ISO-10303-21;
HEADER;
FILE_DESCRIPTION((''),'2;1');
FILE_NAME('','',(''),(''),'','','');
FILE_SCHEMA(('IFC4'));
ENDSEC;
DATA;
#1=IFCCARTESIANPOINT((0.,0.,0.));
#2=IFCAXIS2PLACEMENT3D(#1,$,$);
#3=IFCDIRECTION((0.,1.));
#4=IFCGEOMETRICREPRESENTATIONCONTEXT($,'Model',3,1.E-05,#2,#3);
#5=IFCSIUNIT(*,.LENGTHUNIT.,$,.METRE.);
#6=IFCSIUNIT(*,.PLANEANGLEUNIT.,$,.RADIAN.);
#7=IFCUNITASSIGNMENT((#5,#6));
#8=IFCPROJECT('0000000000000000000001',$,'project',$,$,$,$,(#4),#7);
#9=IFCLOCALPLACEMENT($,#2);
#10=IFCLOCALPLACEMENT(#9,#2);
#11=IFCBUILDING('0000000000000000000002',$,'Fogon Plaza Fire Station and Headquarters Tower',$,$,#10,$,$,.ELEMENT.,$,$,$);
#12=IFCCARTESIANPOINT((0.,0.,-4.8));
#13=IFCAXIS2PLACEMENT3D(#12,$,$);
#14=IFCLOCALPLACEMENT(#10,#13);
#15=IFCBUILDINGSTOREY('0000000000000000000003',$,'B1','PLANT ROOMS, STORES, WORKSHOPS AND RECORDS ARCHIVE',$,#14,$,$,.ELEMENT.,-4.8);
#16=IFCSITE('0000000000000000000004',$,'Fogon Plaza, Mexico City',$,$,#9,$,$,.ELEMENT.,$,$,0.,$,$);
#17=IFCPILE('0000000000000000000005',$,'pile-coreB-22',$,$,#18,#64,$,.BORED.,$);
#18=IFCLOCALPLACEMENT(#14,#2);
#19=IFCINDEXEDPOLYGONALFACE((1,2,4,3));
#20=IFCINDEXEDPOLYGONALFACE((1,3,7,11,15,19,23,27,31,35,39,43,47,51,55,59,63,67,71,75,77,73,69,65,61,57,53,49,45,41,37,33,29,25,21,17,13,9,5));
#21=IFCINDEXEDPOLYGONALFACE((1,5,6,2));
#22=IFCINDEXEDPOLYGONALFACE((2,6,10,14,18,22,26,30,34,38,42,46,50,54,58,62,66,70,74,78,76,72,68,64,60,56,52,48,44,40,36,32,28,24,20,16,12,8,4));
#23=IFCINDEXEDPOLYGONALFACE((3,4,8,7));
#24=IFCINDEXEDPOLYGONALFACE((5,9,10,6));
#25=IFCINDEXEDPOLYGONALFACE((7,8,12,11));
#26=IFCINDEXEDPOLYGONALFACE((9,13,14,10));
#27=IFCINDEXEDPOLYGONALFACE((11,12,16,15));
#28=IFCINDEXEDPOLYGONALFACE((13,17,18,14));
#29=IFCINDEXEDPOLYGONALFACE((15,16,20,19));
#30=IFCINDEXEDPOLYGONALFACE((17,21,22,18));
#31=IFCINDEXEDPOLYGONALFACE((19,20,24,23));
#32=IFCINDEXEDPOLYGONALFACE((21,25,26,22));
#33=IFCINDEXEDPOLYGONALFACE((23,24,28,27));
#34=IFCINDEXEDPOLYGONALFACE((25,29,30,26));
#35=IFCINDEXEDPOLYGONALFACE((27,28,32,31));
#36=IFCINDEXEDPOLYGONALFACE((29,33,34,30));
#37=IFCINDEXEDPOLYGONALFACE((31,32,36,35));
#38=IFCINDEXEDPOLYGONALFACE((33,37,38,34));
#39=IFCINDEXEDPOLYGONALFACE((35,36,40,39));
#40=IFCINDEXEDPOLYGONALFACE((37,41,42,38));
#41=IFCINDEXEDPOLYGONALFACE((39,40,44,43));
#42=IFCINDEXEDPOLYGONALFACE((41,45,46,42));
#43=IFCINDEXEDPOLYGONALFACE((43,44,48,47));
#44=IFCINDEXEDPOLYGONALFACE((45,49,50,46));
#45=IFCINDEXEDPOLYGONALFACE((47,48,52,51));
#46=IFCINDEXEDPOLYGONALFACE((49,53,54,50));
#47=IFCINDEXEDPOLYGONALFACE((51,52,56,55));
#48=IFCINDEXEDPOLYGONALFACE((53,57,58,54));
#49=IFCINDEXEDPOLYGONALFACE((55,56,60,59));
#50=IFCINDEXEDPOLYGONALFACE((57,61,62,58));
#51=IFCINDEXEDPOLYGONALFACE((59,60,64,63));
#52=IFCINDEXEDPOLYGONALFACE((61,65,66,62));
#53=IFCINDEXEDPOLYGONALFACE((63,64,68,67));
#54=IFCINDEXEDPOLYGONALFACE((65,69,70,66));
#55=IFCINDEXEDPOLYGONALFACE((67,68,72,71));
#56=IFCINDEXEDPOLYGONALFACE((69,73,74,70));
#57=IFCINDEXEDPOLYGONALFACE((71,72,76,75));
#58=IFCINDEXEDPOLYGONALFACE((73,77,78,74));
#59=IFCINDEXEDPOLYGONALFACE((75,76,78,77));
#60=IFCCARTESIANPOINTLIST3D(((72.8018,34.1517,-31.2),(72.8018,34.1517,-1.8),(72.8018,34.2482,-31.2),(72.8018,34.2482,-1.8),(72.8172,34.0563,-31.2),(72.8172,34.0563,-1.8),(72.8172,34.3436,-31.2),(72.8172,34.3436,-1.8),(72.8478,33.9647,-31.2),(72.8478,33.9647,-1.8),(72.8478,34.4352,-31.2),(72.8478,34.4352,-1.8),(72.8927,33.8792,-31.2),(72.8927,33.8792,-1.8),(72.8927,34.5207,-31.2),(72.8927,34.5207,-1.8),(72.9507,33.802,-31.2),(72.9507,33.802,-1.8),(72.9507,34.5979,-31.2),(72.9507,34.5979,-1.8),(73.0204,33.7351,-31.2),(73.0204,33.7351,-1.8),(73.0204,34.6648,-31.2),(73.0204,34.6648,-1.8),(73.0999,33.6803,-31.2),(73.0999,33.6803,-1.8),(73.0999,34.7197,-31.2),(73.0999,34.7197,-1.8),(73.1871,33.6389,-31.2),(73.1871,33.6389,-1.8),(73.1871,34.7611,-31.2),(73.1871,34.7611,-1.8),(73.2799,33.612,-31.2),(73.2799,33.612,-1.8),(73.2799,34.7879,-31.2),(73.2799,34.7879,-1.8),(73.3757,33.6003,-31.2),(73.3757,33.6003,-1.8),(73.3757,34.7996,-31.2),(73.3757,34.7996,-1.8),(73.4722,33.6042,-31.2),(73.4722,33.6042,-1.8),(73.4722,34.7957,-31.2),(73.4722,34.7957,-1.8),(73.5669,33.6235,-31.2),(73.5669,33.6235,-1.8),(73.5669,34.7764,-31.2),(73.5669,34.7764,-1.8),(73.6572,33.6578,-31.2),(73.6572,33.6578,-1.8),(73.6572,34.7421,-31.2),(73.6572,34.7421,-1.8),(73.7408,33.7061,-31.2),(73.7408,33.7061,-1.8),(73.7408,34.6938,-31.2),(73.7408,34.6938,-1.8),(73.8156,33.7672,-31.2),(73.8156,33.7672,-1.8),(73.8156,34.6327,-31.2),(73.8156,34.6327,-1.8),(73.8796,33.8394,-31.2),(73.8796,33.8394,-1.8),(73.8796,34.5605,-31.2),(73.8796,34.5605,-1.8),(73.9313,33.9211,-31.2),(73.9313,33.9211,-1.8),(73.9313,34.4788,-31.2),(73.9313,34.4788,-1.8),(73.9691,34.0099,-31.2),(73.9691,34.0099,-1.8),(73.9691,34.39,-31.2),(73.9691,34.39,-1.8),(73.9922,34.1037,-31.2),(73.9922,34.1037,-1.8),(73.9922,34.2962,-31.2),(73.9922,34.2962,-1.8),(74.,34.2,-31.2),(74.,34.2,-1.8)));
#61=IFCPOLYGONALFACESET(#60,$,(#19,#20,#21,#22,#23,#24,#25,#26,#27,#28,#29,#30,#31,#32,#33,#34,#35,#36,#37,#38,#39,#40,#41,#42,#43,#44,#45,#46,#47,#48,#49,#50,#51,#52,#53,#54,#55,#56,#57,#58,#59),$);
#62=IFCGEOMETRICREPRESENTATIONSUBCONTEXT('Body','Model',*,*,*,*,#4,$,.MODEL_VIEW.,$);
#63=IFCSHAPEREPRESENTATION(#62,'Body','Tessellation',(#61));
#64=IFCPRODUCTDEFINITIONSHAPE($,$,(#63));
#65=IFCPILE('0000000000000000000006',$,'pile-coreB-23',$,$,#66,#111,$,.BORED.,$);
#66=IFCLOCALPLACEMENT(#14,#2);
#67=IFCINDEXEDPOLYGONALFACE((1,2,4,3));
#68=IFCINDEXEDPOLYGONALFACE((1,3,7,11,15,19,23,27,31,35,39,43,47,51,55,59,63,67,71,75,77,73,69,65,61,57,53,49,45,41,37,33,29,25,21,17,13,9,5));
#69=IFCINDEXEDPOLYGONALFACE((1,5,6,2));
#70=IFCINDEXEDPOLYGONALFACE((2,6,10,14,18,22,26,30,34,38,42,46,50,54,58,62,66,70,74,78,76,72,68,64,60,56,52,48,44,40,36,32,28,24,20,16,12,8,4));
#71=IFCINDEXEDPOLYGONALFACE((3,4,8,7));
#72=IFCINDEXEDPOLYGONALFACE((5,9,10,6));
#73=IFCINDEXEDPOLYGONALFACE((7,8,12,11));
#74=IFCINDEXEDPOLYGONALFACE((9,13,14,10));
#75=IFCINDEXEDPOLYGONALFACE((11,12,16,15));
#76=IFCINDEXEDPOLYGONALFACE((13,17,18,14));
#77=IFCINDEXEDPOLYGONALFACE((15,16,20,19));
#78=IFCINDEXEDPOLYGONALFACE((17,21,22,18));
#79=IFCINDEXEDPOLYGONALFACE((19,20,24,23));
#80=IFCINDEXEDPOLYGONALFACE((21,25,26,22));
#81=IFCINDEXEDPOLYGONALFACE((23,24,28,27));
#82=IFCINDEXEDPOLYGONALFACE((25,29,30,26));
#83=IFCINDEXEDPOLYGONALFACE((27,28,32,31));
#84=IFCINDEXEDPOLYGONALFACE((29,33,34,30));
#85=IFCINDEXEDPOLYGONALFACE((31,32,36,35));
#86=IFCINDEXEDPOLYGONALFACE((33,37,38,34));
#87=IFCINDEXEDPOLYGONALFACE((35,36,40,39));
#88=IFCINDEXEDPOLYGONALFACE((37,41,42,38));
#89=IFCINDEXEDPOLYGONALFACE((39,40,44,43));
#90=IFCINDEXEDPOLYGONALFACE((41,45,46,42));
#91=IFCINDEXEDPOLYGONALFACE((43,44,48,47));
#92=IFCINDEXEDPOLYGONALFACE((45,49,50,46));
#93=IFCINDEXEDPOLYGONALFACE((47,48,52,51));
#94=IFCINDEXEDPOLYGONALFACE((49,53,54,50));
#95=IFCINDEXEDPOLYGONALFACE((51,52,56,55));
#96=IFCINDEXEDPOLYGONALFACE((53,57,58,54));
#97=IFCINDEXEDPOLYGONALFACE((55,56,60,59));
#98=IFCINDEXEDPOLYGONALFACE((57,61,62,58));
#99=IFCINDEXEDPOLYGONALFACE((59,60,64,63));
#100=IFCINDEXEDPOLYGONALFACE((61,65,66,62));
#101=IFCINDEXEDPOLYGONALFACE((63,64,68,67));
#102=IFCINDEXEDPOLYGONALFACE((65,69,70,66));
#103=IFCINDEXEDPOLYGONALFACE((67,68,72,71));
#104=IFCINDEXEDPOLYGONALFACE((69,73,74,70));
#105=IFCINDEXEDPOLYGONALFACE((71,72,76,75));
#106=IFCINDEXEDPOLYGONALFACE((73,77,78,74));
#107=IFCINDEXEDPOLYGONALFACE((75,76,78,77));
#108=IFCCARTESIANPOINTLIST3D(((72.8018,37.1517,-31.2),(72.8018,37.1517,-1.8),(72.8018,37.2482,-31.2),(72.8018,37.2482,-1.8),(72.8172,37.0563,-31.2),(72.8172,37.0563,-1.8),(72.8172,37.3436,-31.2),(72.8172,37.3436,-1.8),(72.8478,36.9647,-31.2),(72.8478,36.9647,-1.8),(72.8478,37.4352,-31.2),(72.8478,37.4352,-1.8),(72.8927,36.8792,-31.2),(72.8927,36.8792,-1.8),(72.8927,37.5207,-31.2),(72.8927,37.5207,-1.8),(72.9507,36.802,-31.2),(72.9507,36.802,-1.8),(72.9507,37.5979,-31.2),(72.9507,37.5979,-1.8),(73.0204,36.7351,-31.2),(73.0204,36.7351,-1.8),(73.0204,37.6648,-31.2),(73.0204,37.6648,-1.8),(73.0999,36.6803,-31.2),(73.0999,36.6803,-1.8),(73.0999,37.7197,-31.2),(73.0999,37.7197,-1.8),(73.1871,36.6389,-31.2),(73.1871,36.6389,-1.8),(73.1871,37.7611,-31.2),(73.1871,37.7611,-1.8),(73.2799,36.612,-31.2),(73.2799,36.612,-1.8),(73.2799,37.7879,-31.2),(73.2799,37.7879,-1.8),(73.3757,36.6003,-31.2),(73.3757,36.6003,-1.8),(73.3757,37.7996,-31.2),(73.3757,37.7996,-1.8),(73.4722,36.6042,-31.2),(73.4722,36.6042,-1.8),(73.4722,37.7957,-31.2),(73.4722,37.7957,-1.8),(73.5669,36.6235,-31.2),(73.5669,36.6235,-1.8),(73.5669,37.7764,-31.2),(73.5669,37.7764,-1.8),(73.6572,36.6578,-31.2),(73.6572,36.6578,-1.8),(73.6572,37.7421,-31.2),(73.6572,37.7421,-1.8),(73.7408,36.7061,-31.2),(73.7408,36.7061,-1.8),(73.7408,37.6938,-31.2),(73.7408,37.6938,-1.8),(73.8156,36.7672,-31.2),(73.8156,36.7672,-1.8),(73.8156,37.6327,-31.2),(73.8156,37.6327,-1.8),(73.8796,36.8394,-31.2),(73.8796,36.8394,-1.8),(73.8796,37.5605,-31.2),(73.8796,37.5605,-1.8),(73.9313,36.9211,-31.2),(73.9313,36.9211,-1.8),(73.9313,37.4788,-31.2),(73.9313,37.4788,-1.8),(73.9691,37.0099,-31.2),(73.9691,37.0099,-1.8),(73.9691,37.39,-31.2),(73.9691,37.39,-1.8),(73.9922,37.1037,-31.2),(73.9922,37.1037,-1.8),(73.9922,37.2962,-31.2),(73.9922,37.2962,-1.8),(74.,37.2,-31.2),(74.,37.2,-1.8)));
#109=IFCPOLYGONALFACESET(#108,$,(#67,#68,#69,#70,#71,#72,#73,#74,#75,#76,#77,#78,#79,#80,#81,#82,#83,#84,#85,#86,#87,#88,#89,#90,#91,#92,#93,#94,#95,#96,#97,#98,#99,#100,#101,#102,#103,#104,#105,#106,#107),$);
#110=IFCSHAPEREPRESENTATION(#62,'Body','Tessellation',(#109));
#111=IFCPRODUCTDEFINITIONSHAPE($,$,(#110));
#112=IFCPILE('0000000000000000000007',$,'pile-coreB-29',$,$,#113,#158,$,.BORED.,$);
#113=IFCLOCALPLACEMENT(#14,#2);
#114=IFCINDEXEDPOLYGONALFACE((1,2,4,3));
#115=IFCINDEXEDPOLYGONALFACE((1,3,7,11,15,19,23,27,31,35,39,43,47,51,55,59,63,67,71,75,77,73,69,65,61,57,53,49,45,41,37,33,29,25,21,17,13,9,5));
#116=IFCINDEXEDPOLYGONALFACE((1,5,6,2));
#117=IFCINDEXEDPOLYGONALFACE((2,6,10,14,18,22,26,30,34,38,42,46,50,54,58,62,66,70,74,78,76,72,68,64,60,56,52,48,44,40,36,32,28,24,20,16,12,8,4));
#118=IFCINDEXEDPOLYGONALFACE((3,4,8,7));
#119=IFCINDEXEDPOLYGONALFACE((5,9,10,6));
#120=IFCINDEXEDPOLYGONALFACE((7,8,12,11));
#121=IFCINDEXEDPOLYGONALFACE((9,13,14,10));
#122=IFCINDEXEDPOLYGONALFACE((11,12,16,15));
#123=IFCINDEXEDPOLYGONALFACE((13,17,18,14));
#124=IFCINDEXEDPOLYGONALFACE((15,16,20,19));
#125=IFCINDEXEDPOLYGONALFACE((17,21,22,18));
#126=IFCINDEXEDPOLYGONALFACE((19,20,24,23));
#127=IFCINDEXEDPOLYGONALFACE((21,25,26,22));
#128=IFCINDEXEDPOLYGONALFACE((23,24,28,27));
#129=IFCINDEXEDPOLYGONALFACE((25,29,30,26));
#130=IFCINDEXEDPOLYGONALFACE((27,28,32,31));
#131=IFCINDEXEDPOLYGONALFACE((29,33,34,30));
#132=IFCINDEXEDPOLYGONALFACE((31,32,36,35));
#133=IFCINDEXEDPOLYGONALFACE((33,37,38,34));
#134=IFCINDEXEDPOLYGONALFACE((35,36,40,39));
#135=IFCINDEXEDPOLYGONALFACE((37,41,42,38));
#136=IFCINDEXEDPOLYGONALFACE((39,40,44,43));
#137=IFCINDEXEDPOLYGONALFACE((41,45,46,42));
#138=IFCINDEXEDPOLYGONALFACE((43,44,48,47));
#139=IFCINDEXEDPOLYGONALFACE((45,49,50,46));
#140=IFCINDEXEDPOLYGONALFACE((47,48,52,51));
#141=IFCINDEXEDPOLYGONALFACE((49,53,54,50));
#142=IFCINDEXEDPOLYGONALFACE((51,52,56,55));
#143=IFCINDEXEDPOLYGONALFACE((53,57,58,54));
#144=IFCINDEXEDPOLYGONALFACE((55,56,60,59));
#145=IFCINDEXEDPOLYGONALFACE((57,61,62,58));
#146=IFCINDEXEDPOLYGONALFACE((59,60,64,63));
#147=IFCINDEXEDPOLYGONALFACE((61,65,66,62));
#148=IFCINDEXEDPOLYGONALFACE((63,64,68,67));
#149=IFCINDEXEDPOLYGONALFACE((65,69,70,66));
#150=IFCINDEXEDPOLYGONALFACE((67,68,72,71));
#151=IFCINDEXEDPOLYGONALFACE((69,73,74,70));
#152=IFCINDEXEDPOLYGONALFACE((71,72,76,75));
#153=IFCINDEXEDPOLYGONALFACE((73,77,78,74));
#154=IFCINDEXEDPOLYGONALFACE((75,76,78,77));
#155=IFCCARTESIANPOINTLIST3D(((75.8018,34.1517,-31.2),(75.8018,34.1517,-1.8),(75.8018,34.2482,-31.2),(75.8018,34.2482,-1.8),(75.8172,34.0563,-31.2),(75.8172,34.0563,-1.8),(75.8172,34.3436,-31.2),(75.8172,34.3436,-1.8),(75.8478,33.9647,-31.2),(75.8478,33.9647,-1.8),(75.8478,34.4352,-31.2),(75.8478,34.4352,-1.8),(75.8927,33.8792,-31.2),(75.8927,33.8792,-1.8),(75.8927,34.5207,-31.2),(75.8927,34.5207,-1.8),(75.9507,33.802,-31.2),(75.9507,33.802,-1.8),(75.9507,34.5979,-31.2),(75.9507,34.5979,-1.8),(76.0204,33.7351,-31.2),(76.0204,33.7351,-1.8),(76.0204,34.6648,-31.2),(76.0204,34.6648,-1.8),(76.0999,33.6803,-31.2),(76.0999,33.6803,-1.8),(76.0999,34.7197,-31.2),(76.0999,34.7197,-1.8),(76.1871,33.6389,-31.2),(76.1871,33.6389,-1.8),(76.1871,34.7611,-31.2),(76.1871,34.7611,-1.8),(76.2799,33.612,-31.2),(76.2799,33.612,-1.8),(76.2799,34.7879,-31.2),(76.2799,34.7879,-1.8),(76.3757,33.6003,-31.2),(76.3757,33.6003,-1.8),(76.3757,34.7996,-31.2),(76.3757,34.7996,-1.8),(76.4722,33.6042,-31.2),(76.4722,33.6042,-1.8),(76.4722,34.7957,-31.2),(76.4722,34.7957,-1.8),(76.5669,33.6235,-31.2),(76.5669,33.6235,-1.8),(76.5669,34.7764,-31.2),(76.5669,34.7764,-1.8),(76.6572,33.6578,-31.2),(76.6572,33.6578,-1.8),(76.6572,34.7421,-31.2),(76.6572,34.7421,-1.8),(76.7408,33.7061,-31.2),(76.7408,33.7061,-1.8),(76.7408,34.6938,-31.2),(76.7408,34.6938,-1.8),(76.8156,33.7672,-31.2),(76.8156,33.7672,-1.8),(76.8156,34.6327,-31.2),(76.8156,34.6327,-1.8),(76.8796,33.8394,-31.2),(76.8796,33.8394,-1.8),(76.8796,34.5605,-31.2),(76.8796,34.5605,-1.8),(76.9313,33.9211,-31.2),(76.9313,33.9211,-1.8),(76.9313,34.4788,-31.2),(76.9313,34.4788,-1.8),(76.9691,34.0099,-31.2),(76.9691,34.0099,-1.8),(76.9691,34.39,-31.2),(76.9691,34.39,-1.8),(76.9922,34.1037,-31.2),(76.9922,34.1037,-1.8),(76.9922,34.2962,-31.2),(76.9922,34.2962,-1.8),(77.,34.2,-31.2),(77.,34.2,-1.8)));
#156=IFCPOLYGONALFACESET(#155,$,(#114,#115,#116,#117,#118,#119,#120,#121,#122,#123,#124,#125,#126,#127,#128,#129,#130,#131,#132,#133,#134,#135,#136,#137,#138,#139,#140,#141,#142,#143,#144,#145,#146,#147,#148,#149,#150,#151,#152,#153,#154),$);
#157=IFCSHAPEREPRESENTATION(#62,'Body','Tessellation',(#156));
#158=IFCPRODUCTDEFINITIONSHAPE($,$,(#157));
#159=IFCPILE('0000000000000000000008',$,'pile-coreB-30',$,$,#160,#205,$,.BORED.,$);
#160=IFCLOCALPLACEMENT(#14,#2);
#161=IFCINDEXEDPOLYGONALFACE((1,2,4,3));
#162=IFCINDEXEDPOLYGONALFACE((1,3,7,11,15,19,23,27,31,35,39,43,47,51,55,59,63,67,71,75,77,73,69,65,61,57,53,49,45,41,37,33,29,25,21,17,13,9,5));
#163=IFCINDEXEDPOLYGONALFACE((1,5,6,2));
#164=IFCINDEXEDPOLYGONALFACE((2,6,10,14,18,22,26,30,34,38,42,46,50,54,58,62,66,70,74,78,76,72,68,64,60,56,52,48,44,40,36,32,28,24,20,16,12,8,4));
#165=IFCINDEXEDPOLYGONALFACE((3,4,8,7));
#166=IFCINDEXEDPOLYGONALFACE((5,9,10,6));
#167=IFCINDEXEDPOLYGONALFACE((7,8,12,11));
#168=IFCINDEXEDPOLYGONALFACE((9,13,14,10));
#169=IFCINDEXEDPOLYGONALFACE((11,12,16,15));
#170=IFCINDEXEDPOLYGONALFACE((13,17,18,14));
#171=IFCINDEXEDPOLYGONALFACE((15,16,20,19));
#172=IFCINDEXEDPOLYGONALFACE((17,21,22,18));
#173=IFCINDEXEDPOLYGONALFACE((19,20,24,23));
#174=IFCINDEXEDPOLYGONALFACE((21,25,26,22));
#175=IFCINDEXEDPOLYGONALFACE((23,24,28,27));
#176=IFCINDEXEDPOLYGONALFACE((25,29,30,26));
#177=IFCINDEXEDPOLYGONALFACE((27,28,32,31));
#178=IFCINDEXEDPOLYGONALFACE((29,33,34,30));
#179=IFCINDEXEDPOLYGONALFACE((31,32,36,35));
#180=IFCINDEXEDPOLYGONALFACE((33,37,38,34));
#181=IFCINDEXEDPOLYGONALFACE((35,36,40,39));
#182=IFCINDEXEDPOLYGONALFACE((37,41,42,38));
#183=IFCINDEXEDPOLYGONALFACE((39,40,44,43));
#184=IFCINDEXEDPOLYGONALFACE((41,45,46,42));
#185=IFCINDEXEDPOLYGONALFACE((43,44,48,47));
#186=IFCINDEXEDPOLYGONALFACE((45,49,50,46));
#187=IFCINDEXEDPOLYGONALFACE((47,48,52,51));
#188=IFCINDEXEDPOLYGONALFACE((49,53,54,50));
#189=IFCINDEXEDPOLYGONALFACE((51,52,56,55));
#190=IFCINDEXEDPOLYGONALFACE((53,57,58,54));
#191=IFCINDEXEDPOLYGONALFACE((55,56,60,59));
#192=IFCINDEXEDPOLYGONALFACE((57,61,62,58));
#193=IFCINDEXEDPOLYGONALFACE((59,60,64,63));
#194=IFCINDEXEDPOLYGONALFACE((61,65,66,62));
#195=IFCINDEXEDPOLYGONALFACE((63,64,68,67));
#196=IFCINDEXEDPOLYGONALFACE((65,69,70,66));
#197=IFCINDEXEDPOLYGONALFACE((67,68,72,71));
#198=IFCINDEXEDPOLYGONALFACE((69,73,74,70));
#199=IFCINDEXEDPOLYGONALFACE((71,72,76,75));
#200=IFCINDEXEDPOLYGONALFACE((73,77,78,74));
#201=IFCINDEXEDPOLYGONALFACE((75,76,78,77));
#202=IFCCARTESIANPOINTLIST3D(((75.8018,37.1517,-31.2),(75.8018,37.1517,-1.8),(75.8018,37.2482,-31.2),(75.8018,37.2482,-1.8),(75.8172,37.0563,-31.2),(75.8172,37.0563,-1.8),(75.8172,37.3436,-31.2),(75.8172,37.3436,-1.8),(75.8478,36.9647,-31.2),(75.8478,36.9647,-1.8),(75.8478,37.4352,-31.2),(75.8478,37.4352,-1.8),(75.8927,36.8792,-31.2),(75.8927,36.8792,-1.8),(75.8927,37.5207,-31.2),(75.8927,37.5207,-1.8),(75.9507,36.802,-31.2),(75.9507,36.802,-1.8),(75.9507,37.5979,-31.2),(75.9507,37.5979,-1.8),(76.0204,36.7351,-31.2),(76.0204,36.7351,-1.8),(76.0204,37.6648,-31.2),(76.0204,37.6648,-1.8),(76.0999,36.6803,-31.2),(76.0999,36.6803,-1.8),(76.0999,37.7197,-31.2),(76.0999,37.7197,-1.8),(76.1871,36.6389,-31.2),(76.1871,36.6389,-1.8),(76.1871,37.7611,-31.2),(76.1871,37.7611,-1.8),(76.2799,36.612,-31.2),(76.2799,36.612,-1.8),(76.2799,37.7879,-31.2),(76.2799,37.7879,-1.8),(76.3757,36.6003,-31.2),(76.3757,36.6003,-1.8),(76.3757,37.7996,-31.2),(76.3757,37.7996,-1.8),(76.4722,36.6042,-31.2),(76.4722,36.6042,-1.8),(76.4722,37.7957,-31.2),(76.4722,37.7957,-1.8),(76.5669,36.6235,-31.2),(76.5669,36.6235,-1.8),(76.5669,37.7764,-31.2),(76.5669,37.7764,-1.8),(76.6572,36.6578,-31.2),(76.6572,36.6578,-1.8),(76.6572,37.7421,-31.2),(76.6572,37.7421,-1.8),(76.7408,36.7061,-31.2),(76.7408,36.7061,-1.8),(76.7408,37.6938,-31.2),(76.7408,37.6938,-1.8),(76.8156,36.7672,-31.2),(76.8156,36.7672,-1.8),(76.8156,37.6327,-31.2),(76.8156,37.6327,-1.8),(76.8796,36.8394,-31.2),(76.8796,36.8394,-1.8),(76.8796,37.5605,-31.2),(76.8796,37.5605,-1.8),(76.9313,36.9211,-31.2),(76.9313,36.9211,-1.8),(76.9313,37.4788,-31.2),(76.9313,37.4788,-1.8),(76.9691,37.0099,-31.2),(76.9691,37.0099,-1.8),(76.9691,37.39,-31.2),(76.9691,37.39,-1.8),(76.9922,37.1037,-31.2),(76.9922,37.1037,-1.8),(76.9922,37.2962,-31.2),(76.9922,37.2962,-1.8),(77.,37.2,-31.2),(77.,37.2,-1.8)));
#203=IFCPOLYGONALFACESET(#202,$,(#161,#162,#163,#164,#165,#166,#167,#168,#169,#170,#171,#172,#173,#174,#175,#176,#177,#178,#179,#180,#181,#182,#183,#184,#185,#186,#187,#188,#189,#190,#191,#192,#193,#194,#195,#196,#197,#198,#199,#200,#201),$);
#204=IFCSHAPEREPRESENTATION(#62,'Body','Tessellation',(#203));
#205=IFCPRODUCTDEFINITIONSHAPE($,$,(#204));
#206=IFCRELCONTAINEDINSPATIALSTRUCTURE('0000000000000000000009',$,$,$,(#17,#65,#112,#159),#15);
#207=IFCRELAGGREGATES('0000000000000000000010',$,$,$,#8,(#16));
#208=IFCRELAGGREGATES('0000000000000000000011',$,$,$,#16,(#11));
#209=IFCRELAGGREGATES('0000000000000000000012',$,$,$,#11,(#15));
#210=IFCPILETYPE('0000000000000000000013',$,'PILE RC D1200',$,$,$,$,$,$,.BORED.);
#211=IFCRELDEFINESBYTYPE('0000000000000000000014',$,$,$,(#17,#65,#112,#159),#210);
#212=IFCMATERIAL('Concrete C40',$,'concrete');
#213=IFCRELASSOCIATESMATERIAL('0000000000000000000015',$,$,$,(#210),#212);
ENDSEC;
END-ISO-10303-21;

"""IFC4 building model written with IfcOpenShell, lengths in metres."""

from ifc_helpers import new_model, si_unit, direction, frame, origin, origin_2d, place, context, subcontext, project, spatial, circle, extrude, material, material_profile, profile_set, type_object, element, save


model = new_model("IFC4")

# Units and contexts
model_context = context("Model", 3, precision=1e-05, world=origin(), true_north=direction((0.0, 1.0)))
body_context = subcontext(model_context, "Body", "Model", "MODEL_VIEW")
ifc_project = project(units=[si_unit("LENGTHUNIT", "METRE"), si_unit("PLANEANGLEUNIT", "RADIAN")], contexts=[model_context])

# Site, building, storey
site_placement = place(None, origin())
site = spatial("IfcSite", under=ifc_project, at=site_placement, Name="Fogon Plaza, Mexico City", CompositionType="ELEMENT", RefElevation=0.0)
building_placement = place(site_placement, origin())
building = spatial("IfcBuilding", under=site, at=building_placement, Name="Fogon Plaza Fire Station and Headquarters Tower", CompositionType="ELEMENT")
storey_placement = place(building_placement, frame((0.0, 0.0, -4.8)))
storey = spatial("IfcBuildingStorey", under=building, at=storey_placement, Name="B1", Description="PLANT ROOMS, STORES, WORKSHOPS AND RECORDS ARCHIVE", CompositionType="ELEMENT", Elevation=-4.8)

# Piles
ifc_material_1 = material(Name="Concrete C40", Category="concrete")
ifc_material_profile_1 = material_profile(ifc_material_1, circle(Radius=0.6001, at=origin_2d()), Name="RC D1200")
ifc_profile_set_1 = profile_set([ifc_material_profile_1], Name="Concrete C40")
pile_type = type_object("IfcPileType", Name="PILE RC D1200", PredefinedType="BORED", material=ifc_profile_set_1)
for number, where, z_axis, x_axis, name in (
    (1, (73.3999, 34.2, -1.8), (0.0, 0.0, -1.0), (1.0, 0.0, 0.0), "pile-coreB-22"),
    (2, (73.3999, 37.2, -1.8), (0.0, 0.0, -1.0), (1.0, 0.0, 0.0), "pile-coreB-23"),
    (3, (76.3999, 34.2, -1.8), (0.0, 0.0, -1.0), (1.0, 0.0, 0.0), "pile-coreB-29"),
    (4, (76.3999, 37.2, -1.8), (0.0, 0.0, -1.0), (1.0, 0.0, 0.0), "pile-coreB-30"),
):
    element("IfcPile", number, at=place(storey_placement, frame(where, z_axis=z_axis, x_axis=x_axis)), inside=storey, type_object=pile_type, Name=name, PredefinedType="BORED", context=body_context, shape_type="SweptSolid", body=[
        extrude(circle(Radius=0.6001, at=origin_2d()), origin(), (0.0, 0.0, 1.0), 29.3999),
    ])

save(model, "model.ifc")
